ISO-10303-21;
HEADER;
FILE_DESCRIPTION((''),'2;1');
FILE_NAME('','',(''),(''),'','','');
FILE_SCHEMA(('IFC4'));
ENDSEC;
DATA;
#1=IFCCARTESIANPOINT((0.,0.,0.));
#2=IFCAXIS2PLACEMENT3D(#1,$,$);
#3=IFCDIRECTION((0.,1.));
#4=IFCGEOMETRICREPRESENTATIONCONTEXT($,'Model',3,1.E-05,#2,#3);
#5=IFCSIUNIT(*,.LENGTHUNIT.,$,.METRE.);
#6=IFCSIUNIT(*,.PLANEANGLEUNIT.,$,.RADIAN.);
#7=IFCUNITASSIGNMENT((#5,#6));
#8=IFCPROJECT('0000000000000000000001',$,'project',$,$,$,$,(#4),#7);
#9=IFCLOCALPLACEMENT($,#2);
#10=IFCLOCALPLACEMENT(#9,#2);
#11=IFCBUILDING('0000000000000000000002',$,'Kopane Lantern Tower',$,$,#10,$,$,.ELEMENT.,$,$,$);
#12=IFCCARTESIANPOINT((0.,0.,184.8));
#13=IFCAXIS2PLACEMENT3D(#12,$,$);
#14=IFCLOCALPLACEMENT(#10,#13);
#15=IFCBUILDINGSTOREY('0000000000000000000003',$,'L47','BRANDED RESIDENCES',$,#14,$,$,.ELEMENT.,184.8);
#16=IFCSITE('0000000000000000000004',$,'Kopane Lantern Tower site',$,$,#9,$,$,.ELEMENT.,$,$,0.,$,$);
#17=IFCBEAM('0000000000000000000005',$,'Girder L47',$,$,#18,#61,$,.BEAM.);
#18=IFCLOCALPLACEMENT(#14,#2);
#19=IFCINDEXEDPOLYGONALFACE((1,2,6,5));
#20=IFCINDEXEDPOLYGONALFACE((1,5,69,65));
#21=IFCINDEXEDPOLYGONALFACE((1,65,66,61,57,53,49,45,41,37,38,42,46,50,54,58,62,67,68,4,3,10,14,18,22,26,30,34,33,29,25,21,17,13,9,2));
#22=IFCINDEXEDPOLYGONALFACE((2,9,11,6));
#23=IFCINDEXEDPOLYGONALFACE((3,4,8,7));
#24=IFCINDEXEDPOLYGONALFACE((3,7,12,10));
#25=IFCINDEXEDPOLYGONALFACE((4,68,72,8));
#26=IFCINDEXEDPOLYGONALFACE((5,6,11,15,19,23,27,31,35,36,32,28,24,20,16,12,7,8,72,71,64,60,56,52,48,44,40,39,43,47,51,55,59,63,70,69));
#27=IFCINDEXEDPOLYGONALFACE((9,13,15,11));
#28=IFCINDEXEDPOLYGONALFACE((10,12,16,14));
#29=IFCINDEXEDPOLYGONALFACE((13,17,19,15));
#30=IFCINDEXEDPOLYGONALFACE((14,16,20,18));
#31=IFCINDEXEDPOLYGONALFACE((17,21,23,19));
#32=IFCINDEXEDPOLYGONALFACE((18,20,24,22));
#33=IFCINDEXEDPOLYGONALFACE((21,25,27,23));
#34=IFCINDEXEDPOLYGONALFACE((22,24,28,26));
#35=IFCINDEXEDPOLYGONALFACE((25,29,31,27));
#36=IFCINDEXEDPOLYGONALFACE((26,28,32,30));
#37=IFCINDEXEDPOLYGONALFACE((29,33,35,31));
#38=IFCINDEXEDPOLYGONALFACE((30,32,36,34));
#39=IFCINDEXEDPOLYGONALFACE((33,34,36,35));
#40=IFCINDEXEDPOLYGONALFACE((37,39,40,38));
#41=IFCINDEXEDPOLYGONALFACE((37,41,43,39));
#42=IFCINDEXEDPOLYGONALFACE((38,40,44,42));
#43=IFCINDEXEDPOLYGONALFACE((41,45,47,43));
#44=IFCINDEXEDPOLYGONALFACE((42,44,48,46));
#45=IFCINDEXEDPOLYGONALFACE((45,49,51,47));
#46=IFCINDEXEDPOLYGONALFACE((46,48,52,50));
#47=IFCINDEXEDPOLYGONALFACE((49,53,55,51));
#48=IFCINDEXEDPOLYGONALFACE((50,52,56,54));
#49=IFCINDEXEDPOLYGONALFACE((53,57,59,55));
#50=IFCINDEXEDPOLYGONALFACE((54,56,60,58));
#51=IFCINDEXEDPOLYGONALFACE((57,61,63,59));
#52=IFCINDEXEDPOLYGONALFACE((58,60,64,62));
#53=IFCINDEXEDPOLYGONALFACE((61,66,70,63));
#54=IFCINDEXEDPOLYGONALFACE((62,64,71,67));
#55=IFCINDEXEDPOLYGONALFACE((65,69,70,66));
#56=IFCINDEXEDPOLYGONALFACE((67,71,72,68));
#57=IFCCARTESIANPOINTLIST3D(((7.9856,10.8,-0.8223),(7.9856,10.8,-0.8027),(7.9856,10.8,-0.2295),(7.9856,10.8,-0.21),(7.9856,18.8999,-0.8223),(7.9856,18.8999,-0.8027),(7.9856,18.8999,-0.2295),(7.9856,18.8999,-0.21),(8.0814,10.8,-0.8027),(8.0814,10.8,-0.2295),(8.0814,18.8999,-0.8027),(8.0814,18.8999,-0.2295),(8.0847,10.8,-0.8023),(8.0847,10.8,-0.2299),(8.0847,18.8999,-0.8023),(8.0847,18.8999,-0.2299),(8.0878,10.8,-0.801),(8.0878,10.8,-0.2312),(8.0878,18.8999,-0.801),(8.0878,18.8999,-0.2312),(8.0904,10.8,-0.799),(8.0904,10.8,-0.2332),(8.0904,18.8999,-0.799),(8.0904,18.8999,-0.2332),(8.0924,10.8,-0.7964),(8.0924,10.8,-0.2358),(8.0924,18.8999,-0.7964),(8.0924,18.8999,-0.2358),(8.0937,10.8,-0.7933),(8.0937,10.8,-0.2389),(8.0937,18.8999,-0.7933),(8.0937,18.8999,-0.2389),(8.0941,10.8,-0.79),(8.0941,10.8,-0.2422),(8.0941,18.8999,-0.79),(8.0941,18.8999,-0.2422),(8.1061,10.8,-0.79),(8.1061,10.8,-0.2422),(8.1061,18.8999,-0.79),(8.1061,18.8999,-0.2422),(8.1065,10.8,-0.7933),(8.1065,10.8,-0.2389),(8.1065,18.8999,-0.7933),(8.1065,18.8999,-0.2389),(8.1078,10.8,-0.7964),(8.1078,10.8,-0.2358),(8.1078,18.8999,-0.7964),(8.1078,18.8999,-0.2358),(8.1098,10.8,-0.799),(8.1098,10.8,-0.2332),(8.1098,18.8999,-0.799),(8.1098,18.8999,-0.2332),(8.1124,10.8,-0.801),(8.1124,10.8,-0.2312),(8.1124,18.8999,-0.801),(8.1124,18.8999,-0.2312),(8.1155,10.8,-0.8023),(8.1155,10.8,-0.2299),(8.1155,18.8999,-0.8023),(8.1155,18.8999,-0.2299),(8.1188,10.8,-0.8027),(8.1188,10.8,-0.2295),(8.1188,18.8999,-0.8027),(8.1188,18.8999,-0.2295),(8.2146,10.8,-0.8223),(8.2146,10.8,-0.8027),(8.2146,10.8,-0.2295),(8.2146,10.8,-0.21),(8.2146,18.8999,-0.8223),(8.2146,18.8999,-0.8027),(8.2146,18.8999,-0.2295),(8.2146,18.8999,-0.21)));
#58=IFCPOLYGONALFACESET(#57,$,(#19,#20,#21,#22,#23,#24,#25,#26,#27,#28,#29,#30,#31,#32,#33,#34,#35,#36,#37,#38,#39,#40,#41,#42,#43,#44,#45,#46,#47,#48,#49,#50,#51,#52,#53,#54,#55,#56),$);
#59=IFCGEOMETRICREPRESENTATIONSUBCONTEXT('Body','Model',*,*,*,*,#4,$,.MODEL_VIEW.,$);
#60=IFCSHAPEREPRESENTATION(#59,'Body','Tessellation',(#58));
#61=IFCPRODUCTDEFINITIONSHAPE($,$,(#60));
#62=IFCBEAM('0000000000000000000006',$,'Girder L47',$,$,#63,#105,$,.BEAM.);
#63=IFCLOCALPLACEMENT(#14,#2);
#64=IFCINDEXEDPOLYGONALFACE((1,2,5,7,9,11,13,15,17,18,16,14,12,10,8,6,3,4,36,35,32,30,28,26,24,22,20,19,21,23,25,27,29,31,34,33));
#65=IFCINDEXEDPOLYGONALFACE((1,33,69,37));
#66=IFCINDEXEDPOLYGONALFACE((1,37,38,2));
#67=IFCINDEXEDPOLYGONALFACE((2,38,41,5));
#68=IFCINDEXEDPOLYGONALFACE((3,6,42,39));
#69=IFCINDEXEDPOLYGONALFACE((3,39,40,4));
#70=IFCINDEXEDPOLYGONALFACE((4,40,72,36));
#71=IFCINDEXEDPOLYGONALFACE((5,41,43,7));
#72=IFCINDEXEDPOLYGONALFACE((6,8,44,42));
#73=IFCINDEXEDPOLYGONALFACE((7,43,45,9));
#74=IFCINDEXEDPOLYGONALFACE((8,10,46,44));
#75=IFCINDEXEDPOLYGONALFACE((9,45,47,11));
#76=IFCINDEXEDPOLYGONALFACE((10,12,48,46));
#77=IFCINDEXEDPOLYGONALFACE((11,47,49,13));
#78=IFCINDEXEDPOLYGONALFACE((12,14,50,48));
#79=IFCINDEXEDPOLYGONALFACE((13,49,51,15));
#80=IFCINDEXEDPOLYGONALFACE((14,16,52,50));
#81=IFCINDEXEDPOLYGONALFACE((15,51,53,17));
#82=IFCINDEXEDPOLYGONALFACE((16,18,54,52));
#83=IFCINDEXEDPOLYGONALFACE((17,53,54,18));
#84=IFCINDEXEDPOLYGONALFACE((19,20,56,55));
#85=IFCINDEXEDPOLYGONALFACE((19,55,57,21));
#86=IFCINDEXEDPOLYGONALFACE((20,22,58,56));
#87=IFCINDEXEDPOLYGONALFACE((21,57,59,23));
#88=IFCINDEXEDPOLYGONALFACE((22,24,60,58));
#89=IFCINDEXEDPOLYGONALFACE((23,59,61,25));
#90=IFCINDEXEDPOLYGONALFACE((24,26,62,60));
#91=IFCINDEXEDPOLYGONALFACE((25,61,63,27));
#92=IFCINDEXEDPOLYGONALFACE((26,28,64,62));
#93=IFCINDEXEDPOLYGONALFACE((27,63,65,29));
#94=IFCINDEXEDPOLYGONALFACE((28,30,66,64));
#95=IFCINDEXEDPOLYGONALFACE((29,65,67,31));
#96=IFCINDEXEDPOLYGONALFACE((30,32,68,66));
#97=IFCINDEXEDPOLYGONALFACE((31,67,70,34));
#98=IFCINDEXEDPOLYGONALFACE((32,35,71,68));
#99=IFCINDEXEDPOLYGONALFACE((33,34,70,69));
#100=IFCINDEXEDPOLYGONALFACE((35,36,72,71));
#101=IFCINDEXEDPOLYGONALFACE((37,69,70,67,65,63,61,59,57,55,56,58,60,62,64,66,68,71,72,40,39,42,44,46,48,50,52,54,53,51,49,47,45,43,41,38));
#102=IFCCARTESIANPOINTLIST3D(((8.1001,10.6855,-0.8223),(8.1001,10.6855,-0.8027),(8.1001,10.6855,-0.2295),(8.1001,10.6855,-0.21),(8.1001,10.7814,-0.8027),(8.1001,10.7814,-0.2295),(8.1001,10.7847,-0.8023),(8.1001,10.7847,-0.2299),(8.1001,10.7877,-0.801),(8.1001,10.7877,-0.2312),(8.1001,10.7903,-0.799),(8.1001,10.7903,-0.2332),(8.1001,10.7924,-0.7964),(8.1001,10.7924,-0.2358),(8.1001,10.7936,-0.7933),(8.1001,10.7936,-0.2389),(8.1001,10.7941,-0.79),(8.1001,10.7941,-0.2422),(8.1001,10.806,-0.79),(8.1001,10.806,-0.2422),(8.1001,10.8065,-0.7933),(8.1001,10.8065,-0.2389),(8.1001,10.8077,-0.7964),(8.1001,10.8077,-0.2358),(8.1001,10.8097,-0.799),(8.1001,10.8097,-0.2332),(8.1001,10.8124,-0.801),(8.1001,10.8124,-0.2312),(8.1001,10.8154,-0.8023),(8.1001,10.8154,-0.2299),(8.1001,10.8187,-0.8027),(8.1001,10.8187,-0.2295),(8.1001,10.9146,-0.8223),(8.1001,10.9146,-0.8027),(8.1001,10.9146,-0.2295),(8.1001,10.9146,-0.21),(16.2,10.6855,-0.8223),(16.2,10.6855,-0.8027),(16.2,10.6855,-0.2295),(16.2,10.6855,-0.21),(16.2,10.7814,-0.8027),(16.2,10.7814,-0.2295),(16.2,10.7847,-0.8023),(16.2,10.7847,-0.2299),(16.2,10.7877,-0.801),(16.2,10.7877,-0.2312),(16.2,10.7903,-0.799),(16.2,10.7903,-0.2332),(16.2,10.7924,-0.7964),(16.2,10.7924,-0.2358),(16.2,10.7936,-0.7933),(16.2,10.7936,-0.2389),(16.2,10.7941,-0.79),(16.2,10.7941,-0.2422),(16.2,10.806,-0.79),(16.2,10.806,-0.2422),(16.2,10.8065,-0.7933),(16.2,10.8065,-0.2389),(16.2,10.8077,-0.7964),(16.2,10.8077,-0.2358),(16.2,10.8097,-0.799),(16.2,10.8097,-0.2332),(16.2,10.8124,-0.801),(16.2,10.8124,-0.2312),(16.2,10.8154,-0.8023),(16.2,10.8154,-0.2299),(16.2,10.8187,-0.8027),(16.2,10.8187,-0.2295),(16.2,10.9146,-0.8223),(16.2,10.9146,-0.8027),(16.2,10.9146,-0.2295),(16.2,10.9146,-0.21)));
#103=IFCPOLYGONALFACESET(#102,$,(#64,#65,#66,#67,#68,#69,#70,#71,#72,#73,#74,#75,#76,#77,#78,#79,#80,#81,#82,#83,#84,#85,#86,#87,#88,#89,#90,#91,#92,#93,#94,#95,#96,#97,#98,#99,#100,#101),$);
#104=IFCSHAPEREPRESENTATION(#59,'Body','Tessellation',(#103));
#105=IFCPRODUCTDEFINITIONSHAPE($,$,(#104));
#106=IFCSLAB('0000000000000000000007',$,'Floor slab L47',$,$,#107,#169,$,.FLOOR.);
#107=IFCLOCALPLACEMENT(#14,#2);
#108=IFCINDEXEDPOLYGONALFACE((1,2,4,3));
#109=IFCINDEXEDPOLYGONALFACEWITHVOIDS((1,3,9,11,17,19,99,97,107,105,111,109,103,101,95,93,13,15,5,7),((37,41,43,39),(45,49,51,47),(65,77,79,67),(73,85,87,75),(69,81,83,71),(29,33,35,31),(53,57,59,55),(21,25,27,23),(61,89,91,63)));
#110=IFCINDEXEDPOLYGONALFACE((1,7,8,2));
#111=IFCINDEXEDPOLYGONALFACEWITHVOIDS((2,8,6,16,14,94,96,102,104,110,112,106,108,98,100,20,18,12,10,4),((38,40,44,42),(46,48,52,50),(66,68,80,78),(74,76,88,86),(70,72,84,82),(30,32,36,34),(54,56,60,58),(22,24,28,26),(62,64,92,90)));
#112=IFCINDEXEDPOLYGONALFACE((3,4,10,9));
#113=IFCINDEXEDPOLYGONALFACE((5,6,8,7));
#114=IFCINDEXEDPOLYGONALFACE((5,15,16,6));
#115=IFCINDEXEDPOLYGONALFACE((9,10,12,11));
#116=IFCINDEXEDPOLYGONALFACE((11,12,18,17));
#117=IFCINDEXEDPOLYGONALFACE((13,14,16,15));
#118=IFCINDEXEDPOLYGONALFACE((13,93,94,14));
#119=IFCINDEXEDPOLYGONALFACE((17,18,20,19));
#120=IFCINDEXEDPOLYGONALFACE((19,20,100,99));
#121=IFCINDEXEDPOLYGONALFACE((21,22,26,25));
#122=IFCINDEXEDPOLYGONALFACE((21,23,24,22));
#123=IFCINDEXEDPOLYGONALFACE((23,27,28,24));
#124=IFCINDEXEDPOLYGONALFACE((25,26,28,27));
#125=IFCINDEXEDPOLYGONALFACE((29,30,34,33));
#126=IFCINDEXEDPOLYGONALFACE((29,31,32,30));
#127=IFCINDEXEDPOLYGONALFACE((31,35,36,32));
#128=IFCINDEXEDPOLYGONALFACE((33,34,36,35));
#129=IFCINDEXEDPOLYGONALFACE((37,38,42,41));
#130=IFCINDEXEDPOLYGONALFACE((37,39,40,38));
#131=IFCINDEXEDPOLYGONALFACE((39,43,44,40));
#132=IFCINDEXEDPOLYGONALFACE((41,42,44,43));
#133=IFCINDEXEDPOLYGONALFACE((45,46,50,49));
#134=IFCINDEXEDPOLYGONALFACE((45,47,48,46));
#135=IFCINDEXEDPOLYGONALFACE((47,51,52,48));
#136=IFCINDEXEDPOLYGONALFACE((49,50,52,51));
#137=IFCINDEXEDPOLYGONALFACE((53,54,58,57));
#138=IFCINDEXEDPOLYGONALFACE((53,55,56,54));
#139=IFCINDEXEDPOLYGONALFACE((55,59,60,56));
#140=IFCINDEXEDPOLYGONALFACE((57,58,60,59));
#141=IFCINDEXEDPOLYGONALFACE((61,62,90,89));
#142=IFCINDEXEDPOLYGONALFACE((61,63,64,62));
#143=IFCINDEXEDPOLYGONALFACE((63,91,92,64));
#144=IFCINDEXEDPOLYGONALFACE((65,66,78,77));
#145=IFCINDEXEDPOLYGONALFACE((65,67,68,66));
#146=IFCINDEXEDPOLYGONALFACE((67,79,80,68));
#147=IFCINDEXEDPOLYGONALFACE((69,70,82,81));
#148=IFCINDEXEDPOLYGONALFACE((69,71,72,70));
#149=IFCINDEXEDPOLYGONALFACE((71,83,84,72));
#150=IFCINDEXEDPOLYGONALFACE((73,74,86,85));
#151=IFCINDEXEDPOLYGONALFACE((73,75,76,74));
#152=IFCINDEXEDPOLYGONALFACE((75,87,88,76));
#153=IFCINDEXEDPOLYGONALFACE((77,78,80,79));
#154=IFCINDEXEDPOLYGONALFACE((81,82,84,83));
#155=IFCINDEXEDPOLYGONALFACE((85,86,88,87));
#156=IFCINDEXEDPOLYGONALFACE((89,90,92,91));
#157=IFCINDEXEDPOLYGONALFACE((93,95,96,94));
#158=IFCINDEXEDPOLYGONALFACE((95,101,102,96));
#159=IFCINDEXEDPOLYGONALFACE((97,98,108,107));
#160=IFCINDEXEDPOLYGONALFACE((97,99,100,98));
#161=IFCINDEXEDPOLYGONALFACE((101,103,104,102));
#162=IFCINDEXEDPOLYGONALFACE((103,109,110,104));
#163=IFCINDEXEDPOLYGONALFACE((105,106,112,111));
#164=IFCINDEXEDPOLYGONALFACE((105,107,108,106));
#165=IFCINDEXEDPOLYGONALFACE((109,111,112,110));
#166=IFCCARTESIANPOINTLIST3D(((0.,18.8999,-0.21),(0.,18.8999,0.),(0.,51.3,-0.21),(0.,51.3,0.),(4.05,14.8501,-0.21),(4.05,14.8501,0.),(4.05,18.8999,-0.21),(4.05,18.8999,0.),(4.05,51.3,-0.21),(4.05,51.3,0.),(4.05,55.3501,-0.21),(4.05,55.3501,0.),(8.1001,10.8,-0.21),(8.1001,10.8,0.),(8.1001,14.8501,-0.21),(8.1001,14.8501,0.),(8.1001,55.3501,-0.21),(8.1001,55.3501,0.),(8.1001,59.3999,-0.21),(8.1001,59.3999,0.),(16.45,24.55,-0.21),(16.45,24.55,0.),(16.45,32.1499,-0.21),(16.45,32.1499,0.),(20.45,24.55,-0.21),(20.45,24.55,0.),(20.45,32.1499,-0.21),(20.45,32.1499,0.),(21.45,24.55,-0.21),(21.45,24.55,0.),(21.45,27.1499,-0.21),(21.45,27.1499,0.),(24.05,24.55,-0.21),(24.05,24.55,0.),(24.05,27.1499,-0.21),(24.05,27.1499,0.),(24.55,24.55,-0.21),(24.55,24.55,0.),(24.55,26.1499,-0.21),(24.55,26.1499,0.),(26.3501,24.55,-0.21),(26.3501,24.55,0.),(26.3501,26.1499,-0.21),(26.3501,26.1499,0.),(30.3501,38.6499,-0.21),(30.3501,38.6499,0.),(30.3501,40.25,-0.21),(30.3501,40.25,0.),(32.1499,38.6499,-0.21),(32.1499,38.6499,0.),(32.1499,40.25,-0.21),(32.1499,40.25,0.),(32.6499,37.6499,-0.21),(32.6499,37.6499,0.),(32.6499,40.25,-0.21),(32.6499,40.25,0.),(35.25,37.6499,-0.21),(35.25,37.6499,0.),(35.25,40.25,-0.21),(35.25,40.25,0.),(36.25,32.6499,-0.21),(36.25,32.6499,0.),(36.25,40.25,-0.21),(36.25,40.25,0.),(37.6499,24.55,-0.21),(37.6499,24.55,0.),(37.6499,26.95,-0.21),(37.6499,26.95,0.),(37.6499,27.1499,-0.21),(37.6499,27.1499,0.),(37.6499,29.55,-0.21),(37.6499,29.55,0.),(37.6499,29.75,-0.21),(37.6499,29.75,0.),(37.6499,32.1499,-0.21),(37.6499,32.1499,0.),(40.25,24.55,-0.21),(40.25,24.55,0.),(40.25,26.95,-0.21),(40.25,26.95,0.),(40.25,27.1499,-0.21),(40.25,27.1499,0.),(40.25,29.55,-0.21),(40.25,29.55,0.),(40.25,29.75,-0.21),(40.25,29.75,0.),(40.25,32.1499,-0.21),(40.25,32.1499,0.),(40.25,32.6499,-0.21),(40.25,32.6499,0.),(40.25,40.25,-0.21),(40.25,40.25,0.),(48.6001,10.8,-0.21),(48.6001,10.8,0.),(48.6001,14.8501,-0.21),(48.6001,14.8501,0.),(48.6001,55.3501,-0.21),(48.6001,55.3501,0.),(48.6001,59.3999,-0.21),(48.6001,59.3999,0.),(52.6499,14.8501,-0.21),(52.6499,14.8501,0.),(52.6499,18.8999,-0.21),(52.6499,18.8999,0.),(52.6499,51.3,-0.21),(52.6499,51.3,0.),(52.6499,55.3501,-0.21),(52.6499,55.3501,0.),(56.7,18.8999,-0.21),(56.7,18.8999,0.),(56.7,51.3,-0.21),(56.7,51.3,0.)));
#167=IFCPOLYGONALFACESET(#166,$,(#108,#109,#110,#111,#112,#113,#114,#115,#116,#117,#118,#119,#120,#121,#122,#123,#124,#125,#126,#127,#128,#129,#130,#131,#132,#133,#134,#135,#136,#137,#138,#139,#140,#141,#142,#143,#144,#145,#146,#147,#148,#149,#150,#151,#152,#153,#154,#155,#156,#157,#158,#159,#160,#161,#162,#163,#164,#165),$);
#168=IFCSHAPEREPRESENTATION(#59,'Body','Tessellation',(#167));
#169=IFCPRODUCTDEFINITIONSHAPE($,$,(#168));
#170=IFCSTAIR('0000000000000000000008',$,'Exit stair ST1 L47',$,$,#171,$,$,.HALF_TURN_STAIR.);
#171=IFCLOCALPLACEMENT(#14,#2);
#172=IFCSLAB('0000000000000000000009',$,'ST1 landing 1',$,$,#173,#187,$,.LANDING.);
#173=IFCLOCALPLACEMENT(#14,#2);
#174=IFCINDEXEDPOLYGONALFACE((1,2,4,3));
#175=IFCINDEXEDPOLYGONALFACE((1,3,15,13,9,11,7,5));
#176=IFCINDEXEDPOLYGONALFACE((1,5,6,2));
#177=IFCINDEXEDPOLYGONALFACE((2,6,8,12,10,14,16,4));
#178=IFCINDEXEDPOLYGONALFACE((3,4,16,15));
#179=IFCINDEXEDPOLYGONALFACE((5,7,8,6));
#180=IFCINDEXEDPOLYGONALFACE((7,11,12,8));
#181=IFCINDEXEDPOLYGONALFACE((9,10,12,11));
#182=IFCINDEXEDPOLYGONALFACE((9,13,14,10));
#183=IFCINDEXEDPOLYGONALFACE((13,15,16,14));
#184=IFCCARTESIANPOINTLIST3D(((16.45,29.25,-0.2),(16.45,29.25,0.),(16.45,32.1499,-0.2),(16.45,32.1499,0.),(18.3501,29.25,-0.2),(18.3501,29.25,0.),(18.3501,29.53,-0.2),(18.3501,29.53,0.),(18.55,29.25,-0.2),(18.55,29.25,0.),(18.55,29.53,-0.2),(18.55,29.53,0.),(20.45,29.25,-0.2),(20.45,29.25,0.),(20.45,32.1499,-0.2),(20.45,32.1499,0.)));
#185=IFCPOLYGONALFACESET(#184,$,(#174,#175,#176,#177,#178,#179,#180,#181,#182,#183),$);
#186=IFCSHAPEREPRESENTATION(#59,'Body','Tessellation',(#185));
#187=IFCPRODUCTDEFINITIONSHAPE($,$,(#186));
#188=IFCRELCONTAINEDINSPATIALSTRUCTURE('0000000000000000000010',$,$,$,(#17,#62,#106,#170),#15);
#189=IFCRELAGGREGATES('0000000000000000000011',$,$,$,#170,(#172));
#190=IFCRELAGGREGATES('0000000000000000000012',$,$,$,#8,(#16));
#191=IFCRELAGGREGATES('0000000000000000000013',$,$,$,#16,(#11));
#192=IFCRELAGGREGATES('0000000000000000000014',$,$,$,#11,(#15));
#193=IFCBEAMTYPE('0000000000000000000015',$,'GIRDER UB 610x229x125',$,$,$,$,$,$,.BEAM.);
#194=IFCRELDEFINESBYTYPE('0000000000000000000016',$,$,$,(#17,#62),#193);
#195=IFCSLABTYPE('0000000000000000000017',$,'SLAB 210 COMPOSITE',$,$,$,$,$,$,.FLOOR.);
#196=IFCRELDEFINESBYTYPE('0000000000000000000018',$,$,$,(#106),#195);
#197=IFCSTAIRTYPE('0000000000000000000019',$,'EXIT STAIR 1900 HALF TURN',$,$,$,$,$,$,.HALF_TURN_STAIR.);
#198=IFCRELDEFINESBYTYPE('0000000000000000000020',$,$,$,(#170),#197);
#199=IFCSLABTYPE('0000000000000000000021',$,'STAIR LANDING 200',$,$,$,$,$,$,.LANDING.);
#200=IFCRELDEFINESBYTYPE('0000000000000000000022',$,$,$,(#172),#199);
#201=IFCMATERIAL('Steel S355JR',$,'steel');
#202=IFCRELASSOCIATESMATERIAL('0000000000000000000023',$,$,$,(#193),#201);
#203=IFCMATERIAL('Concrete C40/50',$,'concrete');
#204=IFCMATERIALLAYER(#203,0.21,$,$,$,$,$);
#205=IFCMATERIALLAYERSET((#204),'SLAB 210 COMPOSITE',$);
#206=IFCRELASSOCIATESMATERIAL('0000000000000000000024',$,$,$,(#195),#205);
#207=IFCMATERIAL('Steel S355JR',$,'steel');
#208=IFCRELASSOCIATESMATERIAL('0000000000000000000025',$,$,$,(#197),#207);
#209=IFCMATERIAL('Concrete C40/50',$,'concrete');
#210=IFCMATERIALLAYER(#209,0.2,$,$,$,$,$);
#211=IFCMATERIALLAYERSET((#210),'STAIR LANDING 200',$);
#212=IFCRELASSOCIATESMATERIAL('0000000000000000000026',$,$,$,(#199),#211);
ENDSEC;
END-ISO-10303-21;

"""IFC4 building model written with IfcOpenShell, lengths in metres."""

from ifc_helpers import new_model, si_unit, direction, frame, origin, origin_2d, place, context, subcontext, project, spatial, polyline, i_section, outline, extrude, material, layer, layer_set, material_profile, profile_set, type_object, element, aggregate, save


model = new_model("IFC4")

# Units and contexts
model_context = context("Model", 3, precision=1e-05, world=origin(), true_north=direction((0.0, 1.0)))
body_context = subcontext(model_context, "Body", "Model", "MODEL_VIEW")
ifc_project = project(units=[si_unit("LENGTHUNIT", "METRE"), si_unit("PLANEANGLEUNIT", "RADIAN")], contexts=[model_context])

# Site, building, storey
site_placement = place(None, origin())
site = spatial("IfcSite", under=ifc_project, at=site_placement, Name="Kopane Lantern Tower site", CompositionType="ELEMENT", RefElevation=0.0)
building_placement = place(site_placement, origin())
building = spatial("IfcBuilding", under=site, at=building_placement, Name="Kopane Lantern Tower", CompositionType="ELEMENT")
storey_placement = place(building_placement, frame((0.0, 0.0, 184.8)))
storey = spatial("IfcBuildingStorey", under=building, at=storey_placement, Name="L47", Description="BRANDED RESIDENCES", CompositionType="ELEMENT", Elevation=184.8)

# Beams
ifc_material_1 = material(Name="Steel S355JR", Category="steel")
ifc_material_profile_1 = material_profile(ifc_material_1, i_section(OverallWidth=0.229, OverallDepth=0.6123, WebThickness=0.012, FlangeThickness=0.0195, FilletRadius=0.0127, at=origin_2d()), Name="UB 610x229x125")
ifc_profile_set_1 = profile_set([ifc_material_profile_1], Name="Steel S355JR")
beam_type_1 = type_object("IfcBeamType", Name="GIRDER UB 610x229x125", PredefinedType="BEAM", material=ifc_profile_set_1)
for number, where, z_axis, x_axis, name in (
    (1, (8.1001, 10.8, -0.5161), (0.0, 1.0, 0.0), (-1.0, 0.0, 0.0), "Girder L47"),
    (2, (8.1001, 10.8, -0.5161), (1.0, 0.0, 0.0), (0.0, 1.0, 0.0), "Girder L47"),
):
    element("IfcBeam", number, at=place(storey_placement, frame(where, z_axis=z_axis, x_axis=x_axis)), inside=storey, type_object=beam_type_1, Name=name, PredefinedType="BEAM", context=body_context, shape_type="SweptSolid", body=[
        extrude(i_section(OverallWidth=0.229, OverallDepth=0.6123, WebThickness=0.012, FlangeThickness=0.0195, FilletRadius=0.0127, at=origin_2d()), origin(), (0.0, 0.0, 1.0), 8.0999),
    ])

# Slab
ifc_material_2 = material(Name="Concrete C40/50", Category="concrete")
ifc_layer_1 = layer(ifc_material_2, 0.21)
ifc_layer_set_1 = layer_set([ifc_layer_1], Name="SLAB 210 COMPOSITE")
slab_type_1 = type_object("IfcSlabType", Name="SLAB 210 COMPOSITE", PredefinedType="FLOOR", material=ifc_layer_set_1)
slab_1_placement = place(storey_placement, frame((0.0, 0.0, -0.21)))
element("IfcSlab", 3, at=slab_1_placement, inside=storey, type_object=slab_type_1, Name="Floor slab L47", PredefinedType="FLOOR", context=body_context, shape_type="SweptSolid", body=[
    extrude(outline(polyline([(8.1001, 10.8), (48.6001, 10.8), (48.6001, 14.8501), (52.6499, 14.8501), (52.6499, 18.8999), (56.7, 18.8999), (56.7, 51.3), (52.6499, 51.3), (52.6499, 55.3501), (48.6001, 55.3501), (48.6001, 59.3999), (8.1001, 59.3999), (8.1001, 55.3501), (4.05, 55.3501), (4.05, 51.3), (0.0, 51.3), (0.0, 18.8999), (4.05, 18.8999), (4.05, 14.8501), (8.1001, 14.8501), (8.1001, 10.8)]), holes=[polyline([(16.45, 24.55), (20.45, 24.55), (20.45, 32.1499), (16.45, 32.1499), (16.45, 24.55)]), polyline([(36.25, 32.6499), (40.25, 32.6499), (40.25, 40.25), (36.25, 40.25), (36.25, 32.6499)]), polyline([(37.6499, 24.55), (40.25, 24.55), (40.25, 26.95), (37.6499, 26.95), (37.6499, 24.55)]), polyline([(37.6499, 27.1499), (40.25, 27.1499), (40.25, 29.55), (37.6499, 29.55), (37.6499, 27.1499)]), polyline([(37.6499, 29.75), (40.25, 29.75), (40.25, 32.1499), (37.6499, 32.1499), (37.6499, 29.75)]), polyline([(21.45, 24.55), (24.05, 24.55), (24.05, 27.1499), (21.45, 27.1499), (21.45, 24.55)]), polyline([(32.6499, 37.6499), (35.25, 37.6499), (35.25, 40.25), (32.6499, 40.25), (32.6499, 37.6499)]), polyline([(24.55, 24.55), (26.3501, 24.55), (26.3501, 26.1499), (24.55, 26.1499), (24.55, 24.55)]), polyline([(30.3501, 38.6499), (32.1499, 38.6499), (32.1499, 40.25), (30.3501, 40.25), (30.3501, 38.6499)])]), origin(), (0.0, 0.0, 1.0), 0.21),
])

# Stair, slab
ifc_material_3 = material(Name="Steel S355JR", Category="steel")
stair_type = type_object("IfcStairType", Name="EXIT STAIR 1900 HALF TURN", PredefinedType="HALF_TURN_STAIR", material=ifc_material_3)
stair_1_placement = place(storey_placement, origin())
stair_1 = element("IfcStair", 4, at=stair_1_placement, inside=storey, type_object=stair_type, Name="Exit stair ST1 L47", PredefinedType="HALF_TURN_STAIR")
ifc_material_4 = material(Name="Concrete C40/50", Category="concrete")
ifc_layer_2 = layer(ifc_material_4, 0.2)
ifc_layer_set_2 = layer_set([ifc_layer_2], Name="STAIR LANDING 200")
slab_type_2 = type_object("IfcSlabType", Name="STAIR LANDING 200", PredefinedType="LANDING", material=ifc_layer_set_2)
slab_2_placement = place(storey_placement, frame((0.0, 0.0, -0.2)))
slab_2 = element("IfcSlab", 5, at=slab_2_placement, type_object=slab_type_2, Name="ST1 landing 1", PredefinedType="LANDING", context=body_context, shape_type="SweptSolid", body=[
    extrude(outline(polyline([(18.3501, 29.53), (18.55, 29.53), (18.55, 29.25), (20.45, 29.25), (20.45, 32.1499), (16.45, 32.1499), (16.45, 29.25), (18.3501, 29.25), (18.3501, 29.53)])), origin(), (0.0, 0.0, 1.0), 0.2),
])
aggregate(stair_1, [slab_2])

save(model, "model.ifc")
